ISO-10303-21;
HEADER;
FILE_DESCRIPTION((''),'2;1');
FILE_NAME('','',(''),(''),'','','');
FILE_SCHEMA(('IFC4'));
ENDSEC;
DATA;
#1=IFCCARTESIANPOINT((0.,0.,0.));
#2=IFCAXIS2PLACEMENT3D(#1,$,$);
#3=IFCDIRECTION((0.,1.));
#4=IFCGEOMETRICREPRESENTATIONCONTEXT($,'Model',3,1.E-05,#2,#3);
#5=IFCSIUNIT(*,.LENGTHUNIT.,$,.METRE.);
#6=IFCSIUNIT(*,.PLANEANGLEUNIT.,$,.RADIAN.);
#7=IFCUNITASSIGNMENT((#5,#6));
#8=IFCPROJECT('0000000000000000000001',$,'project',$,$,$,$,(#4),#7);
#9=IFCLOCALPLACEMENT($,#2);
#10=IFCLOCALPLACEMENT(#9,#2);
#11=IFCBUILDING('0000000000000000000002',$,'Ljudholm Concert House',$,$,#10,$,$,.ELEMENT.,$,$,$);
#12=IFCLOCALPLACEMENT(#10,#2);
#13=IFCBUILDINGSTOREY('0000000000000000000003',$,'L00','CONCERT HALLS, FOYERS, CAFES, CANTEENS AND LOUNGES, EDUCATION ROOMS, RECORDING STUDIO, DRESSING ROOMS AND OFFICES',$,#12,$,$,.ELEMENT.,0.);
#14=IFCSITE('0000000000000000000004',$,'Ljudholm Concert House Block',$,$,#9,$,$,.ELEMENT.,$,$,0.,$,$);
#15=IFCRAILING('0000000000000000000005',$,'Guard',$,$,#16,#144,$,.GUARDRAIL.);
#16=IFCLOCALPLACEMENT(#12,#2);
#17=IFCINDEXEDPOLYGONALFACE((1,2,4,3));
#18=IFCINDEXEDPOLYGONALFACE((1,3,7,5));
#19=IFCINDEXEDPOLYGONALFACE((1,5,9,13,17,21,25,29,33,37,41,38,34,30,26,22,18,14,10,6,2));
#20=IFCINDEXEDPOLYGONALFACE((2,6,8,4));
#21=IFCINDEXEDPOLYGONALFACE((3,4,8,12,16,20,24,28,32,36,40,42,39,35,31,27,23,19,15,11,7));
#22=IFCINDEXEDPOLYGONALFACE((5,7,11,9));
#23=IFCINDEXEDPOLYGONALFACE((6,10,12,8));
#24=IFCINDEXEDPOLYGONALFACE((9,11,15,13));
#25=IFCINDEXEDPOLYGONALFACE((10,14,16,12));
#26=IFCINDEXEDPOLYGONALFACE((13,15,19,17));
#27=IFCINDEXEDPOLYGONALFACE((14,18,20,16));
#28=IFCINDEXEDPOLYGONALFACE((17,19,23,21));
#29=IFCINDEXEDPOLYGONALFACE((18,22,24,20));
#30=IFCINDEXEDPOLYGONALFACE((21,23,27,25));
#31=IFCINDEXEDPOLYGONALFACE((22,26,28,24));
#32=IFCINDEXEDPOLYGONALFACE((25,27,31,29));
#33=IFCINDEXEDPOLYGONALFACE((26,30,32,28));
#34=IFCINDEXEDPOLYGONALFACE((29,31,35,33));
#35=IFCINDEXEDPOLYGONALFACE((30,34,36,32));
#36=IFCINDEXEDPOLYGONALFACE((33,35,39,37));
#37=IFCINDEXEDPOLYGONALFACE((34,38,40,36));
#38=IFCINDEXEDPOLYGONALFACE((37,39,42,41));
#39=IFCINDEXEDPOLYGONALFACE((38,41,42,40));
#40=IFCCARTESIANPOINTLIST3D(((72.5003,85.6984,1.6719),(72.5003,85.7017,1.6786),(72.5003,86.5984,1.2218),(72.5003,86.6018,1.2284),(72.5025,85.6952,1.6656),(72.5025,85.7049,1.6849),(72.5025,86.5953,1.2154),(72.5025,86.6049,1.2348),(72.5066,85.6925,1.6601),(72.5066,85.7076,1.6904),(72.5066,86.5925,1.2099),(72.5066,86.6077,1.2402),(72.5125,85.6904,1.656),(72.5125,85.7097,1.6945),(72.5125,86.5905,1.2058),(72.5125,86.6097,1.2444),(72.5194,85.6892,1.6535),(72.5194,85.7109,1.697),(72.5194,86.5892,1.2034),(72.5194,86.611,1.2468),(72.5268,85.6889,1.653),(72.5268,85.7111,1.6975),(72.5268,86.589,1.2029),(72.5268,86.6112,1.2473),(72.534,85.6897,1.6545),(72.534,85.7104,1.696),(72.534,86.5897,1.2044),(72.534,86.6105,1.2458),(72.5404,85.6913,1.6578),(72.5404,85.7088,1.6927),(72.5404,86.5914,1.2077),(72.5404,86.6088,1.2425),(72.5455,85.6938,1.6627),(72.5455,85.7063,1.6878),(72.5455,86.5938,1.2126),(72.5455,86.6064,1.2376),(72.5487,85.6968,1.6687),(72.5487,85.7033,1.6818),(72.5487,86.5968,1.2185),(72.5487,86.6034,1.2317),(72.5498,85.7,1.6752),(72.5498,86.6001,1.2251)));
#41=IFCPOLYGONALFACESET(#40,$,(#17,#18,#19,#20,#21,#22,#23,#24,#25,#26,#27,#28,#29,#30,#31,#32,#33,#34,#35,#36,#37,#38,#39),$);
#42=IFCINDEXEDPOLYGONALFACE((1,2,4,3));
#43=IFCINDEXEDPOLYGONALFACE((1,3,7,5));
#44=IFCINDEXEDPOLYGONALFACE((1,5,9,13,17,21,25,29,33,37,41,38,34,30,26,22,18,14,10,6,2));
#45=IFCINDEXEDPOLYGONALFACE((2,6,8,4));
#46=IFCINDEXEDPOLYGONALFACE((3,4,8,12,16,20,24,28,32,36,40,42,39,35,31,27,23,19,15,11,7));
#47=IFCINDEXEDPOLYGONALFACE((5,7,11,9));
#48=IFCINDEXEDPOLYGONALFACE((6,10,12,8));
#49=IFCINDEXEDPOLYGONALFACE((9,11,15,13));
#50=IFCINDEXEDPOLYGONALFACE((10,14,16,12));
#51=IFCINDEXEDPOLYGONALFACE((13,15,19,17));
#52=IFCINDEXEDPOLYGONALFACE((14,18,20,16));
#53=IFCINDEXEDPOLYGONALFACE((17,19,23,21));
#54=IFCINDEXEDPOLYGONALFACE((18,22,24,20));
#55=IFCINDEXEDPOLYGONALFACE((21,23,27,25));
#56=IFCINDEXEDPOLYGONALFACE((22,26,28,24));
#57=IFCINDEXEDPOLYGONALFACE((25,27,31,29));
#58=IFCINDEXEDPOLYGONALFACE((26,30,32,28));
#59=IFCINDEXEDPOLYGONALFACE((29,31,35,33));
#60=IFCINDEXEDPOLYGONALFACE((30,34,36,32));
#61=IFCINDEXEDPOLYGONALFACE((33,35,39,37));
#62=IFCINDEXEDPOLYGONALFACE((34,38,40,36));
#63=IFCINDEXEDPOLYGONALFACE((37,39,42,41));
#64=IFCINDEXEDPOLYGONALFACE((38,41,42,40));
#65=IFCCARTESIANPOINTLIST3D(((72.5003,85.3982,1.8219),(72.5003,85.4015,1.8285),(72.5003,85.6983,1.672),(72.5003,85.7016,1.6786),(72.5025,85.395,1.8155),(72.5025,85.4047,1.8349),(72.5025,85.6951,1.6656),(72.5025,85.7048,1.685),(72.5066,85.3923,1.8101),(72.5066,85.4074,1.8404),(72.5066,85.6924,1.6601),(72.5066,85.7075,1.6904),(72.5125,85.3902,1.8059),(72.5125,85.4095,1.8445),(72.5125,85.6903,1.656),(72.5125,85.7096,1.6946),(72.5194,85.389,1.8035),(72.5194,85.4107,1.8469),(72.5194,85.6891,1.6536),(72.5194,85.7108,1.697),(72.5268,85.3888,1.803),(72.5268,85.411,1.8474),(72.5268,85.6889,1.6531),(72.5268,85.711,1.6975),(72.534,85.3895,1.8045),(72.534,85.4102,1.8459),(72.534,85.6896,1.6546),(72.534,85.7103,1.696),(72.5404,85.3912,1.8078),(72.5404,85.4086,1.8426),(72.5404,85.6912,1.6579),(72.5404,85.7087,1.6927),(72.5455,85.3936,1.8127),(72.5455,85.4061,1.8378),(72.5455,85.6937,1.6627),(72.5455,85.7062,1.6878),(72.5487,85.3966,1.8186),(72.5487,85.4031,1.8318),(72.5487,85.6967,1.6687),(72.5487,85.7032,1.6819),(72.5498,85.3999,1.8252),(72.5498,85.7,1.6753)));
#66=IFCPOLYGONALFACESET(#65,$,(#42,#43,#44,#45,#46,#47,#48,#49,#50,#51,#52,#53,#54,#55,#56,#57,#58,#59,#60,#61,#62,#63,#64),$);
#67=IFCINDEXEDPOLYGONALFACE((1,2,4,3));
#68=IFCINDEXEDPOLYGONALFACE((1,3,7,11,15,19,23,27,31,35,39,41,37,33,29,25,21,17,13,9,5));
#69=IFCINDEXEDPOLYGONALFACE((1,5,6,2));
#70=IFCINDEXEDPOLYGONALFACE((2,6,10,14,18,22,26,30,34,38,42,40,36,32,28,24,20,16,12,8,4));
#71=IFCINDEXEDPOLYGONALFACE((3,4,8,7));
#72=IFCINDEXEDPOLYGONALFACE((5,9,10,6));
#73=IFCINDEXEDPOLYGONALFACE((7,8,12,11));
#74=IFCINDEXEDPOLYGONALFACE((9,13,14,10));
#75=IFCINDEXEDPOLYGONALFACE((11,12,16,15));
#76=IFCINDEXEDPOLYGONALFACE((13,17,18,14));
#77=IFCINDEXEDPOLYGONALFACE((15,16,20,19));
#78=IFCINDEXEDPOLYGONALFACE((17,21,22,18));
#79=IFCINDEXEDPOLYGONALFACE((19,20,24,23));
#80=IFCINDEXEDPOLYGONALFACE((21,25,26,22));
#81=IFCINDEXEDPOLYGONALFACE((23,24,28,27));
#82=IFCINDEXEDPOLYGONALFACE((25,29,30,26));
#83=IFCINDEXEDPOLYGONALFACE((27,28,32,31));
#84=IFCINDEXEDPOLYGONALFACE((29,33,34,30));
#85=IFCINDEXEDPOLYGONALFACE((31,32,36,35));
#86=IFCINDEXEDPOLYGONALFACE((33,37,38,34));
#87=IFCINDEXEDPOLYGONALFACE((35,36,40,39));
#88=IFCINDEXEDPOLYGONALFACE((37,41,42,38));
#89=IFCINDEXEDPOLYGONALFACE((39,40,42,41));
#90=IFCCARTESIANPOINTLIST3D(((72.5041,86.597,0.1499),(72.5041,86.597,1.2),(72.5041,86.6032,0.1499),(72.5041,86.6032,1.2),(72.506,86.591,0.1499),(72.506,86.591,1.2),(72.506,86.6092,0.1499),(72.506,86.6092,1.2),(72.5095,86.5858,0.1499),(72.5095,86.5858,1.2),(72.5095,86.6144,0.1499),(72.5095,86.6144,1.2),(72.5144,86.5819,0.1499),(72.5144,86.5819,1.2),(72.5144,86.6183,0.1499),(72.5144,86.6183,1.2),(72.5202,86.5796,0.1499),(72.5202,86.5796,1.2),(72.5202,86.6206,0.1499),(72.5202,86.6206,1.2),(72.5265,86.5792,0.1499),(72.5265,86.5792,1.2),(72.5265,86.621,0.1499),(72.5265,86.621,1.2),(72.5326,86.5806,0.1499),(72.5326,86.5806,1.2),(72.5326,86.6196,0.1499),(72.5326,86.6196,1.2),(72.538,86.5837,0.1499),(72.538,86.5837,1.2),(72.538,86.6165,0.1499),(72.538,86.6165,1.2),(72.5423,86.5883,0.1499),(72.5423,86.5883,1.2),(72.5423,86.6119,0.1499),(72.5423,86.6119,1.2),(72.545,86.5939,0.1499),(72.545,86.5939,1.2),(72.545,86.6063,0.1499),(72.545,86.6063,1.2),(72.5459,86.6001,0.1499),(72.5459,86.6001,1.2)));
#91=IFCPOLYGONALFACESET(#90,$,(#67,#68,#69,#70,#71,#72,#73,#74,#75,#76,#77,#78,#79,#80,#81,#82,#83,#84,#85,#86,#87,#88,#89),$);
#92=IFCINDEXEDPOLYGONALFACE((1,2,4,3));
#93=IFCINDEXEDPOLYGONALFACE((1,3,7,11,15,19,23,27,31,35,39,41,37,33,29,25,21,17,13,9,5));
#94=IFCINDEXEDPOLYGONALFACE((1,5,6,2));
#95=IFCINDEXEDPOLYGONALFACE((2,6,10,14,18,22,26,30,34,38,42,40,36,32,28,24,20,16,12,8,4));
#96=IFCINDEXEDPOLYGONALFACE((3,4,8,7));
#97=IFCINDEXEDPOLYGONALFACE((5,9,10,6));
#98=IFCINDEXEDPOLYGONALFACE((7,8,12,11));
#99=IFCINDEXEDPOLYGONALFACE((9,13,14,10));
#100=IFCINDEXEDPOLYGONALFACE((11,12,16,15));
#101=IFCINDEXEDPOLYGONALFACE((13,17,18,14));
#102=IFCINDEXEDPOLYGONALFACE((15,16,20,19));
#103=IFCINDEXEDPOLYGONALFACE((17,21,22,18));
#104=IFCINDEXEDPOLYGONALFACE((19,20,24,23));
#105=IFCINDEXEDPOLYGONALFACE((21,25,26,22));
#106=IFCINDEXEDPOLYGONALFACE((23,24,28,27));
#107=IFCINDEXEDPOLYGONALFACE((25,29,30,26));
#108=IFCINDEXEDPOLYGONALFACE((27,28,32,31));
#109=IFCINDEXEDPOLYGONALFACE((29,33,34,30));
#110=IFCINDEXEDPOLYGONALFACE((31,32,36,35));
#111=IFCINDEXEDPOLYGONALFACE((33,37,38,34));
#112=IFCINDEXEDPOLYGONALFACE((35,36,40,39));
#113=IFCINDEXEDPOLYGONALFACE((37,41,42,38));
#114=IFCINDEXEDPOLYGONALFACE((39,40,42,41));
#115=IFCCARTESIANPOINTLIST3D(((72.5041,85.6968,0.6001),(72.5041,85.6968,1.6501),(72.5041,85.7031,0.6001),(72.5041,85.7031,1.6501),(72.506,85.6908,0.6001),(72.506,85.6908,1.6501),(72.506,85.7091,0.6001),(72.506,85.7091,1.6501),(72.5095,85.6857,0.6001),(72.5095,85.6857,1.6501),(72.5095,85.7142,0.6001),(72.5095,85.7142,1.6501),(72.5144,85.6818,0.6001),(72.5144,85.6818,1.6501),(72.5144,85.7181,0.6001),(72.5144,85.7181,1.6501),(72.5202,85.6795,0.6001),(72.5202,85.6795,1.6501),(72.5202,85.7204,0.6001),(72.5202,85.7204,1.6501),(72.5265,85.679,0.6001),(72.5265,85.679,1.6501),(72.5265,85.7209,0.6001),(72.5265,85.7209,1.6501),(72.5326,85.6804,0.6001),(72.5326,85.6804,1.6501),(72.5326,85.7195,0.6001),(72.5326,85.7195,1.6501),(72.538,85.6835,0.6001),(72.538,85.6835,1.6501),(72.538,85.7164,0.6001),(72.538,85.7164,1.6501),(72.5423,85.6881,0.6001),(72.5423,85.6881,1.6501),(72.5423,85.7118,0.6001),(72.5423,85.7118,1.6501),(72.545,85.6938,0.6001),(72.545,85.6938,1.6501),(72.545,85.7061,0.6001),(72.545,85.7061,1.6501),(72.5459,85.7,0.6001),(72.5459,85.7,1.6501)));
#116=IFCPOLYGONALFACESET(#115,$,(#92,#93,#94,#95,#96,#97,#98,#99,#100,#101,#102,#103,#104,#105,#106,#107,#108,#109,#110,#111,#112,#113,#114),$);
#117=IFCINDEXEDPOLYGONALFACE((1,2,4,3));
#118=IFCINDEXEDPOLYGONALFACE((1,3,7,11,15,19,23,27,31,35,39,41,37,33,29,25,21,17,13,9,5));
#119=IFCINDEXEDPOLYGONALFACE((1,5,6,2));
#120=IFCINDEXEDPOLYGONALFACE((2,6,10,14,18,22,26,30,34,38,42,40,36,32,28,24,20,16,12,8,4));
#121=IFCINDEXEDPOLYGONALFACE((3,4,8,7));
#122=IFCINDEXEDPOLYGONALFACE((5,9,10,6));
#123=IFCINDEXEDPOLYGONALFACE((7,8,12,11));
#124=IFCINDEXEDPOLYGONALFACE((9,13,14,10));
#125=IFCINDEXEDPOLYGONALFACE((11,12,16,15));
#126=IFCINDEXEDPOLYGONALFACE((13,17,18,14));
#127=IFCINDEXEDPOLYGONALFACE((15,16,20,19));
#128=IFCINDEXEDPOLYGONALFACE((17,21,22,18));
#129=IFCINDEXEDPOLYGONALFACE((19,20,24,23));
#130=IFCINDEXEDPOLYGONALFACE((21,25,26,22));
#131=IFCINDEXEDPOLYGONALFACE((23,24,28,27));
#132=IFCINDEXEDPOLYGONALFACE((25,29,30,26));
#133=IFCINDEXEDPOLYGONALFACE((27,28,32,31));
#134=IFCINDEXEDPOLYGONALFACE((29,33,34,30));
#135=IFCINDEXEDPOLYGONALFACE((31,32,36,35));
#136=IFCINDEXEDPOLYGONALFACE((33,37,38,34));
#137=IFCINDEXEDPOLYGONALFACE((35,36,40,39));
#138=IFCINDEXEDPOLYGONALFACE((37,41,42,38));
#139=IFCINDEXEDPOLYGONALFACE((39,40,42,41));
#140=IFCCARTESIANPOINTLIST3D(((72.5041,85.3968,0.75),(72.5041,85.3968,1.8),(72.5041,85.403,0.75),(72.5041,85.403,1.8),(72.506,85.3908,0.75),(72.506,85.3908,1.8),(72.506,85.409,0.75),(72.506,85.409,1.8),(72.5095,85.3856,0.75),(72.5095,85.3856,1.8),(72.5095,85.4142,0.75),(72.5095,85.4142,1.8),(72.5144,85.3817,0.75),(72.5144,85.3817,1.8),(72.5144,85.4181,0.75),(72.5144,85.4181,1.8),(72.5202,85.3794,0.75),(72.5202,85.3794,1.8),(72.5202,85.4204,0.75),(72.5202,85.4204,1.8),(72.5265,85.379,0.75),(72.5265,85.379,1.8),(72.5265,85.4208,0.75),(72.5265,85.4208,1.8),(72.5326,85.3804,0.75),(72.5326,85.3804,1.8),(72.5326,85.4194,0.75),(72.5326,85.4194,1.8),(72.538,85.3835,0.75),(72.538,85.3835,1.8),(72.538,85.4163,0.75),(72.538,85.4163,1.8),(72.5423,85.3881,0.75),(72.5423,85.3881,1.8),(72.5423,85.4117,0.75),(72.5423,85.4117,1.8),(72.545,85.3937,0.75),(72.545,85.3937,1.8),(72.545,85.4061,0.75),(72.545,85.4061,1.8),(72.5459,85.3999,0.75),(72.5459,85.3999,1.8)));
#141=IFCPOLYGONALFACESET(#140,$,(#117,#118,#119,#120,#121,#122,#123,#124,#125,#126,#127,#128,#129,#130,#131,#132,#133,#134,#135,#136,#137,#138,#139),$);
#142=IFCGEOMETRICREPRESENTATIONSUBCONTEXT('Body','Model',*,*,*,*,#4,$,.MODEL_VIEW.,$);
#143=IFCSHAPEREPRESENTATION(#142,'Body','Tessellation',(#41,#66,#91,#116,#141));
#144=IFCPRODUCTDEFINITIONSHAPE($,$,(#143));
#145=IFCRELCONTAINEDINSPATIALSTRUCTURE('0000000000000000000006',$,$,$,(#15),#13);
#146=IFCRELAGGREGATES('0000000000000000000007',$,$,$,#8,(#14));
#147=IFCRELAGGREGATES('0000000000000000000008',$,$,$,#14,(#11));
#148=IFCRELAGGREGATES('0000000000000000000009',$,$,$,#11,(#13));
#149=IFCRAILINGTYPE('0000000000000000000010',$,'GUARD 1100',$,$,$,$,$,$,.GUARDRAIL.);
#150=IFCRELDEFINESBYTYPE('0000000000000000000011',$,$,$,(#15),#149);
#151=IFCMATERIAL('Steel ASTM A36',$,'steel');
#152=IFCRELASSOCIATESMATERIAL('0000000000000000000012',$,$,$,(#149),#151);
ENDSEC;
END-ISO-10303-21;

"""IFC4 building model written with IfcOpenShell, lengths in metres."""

from ifc_helpers import new_model, si_unit, direction, frame, origin, origin_2d, place, context, subcontext, project, spatial, circle, extrude, material, type_object, element, save


model = new_model("IFC4")

# Units and contexts
model_context = context("Model", 3, precision=1e-05, world=origin(), true_north=direction((0.0, 1.0)))
body_context = subcontext(model_context, "Body", "Model", "MODEL_VIEW")
ifc_project = project(units=[si_unit("LENGTHUNIT", "METRE"), si_unit("PLANEANGLEUNIT", "RADIAN")], contexts=[model_context])

# Site, building, storey
site_placement = place(None, origin())
site = spatial("IfcSite", under=ifc_project, at=site_placement, Name="Ljudholm Concert House Block", CompositionType="ELEMENT", RefElevation=0.0)
building_placement = place(site_placement, origin())
building = spatial("IfcBuilding", under=site, at=building_placement, Name="Ljudholm Concert House", CompositionType="ELEMENT")
storey_placement = place(building_placement, origin())
storey = spatial("IfcBuildingStorey", under=building, at=storey_placement, Name="L00", Description="CONCERT HALLS, FOYERS, CAFES, CANTEENS AND LOUNGES, EDUCATION ROOMS, RECORDING STUDIO, DRESSING ROOMS AND OFFICES", CompositionType="ELEMENT", Elevation=0.0)

# Railing
ifc_material_1 = material(Name="Steel ASTM A36", Category="steel")
railing_type_1 = type_object("IfcRailingType", Name="GUARD 1100", PredefinedType="GUARDRAIL", material=ifc_material_1)
for number, where, name in (
    (1, (72.5249, 86.6001, 0.1499), "Guard"),
):
    element("IfcRailing", number, at=place(storey_placement, frame(where)), inside=storey, type_object=railing_type_1, Name=name, PredefinedType="GUARDRAIL", context=body_context, shape_type="SweptSolid", body=[
        extrude(circle(Radius=0.0249, at=origin_2d()), frame((0.0, 0.0, 1.0752), z_axis=(0.0, -0.894379, 0.447311), x_axis=(1.0, 0.0, 0.0)), (0.0, 0.0, 1.0), 1.0063),
        extrude(circle(Radius=0.0249, at=origin_2d()), frame((0.0, -0.9001, 1.5254), z_axis=(0.0, -0.894573, 0.446922), x_axis=(1.0, 0.0, 0.0)), (0.0, 0.0, 1.0), 0.3354),
        extrude(circle(Radius=0.021, at=origin_2d()), origin(), (0.0, 0.0, 1.0), 1.05),
        extrude(circle(Radius=0.021, at=origin_2d()), frame((0.0, -0.9001, 0.4502)), (0.0, 0.0, 1.0), 1.05),
        extrude(circle(Radius=0.021, at=origin_2d()), frame((0.0, -1.2002, 0.6001)), (0.0, 0.0, 1.0), 1.05),
    ])

save(model, "model.ifc")
